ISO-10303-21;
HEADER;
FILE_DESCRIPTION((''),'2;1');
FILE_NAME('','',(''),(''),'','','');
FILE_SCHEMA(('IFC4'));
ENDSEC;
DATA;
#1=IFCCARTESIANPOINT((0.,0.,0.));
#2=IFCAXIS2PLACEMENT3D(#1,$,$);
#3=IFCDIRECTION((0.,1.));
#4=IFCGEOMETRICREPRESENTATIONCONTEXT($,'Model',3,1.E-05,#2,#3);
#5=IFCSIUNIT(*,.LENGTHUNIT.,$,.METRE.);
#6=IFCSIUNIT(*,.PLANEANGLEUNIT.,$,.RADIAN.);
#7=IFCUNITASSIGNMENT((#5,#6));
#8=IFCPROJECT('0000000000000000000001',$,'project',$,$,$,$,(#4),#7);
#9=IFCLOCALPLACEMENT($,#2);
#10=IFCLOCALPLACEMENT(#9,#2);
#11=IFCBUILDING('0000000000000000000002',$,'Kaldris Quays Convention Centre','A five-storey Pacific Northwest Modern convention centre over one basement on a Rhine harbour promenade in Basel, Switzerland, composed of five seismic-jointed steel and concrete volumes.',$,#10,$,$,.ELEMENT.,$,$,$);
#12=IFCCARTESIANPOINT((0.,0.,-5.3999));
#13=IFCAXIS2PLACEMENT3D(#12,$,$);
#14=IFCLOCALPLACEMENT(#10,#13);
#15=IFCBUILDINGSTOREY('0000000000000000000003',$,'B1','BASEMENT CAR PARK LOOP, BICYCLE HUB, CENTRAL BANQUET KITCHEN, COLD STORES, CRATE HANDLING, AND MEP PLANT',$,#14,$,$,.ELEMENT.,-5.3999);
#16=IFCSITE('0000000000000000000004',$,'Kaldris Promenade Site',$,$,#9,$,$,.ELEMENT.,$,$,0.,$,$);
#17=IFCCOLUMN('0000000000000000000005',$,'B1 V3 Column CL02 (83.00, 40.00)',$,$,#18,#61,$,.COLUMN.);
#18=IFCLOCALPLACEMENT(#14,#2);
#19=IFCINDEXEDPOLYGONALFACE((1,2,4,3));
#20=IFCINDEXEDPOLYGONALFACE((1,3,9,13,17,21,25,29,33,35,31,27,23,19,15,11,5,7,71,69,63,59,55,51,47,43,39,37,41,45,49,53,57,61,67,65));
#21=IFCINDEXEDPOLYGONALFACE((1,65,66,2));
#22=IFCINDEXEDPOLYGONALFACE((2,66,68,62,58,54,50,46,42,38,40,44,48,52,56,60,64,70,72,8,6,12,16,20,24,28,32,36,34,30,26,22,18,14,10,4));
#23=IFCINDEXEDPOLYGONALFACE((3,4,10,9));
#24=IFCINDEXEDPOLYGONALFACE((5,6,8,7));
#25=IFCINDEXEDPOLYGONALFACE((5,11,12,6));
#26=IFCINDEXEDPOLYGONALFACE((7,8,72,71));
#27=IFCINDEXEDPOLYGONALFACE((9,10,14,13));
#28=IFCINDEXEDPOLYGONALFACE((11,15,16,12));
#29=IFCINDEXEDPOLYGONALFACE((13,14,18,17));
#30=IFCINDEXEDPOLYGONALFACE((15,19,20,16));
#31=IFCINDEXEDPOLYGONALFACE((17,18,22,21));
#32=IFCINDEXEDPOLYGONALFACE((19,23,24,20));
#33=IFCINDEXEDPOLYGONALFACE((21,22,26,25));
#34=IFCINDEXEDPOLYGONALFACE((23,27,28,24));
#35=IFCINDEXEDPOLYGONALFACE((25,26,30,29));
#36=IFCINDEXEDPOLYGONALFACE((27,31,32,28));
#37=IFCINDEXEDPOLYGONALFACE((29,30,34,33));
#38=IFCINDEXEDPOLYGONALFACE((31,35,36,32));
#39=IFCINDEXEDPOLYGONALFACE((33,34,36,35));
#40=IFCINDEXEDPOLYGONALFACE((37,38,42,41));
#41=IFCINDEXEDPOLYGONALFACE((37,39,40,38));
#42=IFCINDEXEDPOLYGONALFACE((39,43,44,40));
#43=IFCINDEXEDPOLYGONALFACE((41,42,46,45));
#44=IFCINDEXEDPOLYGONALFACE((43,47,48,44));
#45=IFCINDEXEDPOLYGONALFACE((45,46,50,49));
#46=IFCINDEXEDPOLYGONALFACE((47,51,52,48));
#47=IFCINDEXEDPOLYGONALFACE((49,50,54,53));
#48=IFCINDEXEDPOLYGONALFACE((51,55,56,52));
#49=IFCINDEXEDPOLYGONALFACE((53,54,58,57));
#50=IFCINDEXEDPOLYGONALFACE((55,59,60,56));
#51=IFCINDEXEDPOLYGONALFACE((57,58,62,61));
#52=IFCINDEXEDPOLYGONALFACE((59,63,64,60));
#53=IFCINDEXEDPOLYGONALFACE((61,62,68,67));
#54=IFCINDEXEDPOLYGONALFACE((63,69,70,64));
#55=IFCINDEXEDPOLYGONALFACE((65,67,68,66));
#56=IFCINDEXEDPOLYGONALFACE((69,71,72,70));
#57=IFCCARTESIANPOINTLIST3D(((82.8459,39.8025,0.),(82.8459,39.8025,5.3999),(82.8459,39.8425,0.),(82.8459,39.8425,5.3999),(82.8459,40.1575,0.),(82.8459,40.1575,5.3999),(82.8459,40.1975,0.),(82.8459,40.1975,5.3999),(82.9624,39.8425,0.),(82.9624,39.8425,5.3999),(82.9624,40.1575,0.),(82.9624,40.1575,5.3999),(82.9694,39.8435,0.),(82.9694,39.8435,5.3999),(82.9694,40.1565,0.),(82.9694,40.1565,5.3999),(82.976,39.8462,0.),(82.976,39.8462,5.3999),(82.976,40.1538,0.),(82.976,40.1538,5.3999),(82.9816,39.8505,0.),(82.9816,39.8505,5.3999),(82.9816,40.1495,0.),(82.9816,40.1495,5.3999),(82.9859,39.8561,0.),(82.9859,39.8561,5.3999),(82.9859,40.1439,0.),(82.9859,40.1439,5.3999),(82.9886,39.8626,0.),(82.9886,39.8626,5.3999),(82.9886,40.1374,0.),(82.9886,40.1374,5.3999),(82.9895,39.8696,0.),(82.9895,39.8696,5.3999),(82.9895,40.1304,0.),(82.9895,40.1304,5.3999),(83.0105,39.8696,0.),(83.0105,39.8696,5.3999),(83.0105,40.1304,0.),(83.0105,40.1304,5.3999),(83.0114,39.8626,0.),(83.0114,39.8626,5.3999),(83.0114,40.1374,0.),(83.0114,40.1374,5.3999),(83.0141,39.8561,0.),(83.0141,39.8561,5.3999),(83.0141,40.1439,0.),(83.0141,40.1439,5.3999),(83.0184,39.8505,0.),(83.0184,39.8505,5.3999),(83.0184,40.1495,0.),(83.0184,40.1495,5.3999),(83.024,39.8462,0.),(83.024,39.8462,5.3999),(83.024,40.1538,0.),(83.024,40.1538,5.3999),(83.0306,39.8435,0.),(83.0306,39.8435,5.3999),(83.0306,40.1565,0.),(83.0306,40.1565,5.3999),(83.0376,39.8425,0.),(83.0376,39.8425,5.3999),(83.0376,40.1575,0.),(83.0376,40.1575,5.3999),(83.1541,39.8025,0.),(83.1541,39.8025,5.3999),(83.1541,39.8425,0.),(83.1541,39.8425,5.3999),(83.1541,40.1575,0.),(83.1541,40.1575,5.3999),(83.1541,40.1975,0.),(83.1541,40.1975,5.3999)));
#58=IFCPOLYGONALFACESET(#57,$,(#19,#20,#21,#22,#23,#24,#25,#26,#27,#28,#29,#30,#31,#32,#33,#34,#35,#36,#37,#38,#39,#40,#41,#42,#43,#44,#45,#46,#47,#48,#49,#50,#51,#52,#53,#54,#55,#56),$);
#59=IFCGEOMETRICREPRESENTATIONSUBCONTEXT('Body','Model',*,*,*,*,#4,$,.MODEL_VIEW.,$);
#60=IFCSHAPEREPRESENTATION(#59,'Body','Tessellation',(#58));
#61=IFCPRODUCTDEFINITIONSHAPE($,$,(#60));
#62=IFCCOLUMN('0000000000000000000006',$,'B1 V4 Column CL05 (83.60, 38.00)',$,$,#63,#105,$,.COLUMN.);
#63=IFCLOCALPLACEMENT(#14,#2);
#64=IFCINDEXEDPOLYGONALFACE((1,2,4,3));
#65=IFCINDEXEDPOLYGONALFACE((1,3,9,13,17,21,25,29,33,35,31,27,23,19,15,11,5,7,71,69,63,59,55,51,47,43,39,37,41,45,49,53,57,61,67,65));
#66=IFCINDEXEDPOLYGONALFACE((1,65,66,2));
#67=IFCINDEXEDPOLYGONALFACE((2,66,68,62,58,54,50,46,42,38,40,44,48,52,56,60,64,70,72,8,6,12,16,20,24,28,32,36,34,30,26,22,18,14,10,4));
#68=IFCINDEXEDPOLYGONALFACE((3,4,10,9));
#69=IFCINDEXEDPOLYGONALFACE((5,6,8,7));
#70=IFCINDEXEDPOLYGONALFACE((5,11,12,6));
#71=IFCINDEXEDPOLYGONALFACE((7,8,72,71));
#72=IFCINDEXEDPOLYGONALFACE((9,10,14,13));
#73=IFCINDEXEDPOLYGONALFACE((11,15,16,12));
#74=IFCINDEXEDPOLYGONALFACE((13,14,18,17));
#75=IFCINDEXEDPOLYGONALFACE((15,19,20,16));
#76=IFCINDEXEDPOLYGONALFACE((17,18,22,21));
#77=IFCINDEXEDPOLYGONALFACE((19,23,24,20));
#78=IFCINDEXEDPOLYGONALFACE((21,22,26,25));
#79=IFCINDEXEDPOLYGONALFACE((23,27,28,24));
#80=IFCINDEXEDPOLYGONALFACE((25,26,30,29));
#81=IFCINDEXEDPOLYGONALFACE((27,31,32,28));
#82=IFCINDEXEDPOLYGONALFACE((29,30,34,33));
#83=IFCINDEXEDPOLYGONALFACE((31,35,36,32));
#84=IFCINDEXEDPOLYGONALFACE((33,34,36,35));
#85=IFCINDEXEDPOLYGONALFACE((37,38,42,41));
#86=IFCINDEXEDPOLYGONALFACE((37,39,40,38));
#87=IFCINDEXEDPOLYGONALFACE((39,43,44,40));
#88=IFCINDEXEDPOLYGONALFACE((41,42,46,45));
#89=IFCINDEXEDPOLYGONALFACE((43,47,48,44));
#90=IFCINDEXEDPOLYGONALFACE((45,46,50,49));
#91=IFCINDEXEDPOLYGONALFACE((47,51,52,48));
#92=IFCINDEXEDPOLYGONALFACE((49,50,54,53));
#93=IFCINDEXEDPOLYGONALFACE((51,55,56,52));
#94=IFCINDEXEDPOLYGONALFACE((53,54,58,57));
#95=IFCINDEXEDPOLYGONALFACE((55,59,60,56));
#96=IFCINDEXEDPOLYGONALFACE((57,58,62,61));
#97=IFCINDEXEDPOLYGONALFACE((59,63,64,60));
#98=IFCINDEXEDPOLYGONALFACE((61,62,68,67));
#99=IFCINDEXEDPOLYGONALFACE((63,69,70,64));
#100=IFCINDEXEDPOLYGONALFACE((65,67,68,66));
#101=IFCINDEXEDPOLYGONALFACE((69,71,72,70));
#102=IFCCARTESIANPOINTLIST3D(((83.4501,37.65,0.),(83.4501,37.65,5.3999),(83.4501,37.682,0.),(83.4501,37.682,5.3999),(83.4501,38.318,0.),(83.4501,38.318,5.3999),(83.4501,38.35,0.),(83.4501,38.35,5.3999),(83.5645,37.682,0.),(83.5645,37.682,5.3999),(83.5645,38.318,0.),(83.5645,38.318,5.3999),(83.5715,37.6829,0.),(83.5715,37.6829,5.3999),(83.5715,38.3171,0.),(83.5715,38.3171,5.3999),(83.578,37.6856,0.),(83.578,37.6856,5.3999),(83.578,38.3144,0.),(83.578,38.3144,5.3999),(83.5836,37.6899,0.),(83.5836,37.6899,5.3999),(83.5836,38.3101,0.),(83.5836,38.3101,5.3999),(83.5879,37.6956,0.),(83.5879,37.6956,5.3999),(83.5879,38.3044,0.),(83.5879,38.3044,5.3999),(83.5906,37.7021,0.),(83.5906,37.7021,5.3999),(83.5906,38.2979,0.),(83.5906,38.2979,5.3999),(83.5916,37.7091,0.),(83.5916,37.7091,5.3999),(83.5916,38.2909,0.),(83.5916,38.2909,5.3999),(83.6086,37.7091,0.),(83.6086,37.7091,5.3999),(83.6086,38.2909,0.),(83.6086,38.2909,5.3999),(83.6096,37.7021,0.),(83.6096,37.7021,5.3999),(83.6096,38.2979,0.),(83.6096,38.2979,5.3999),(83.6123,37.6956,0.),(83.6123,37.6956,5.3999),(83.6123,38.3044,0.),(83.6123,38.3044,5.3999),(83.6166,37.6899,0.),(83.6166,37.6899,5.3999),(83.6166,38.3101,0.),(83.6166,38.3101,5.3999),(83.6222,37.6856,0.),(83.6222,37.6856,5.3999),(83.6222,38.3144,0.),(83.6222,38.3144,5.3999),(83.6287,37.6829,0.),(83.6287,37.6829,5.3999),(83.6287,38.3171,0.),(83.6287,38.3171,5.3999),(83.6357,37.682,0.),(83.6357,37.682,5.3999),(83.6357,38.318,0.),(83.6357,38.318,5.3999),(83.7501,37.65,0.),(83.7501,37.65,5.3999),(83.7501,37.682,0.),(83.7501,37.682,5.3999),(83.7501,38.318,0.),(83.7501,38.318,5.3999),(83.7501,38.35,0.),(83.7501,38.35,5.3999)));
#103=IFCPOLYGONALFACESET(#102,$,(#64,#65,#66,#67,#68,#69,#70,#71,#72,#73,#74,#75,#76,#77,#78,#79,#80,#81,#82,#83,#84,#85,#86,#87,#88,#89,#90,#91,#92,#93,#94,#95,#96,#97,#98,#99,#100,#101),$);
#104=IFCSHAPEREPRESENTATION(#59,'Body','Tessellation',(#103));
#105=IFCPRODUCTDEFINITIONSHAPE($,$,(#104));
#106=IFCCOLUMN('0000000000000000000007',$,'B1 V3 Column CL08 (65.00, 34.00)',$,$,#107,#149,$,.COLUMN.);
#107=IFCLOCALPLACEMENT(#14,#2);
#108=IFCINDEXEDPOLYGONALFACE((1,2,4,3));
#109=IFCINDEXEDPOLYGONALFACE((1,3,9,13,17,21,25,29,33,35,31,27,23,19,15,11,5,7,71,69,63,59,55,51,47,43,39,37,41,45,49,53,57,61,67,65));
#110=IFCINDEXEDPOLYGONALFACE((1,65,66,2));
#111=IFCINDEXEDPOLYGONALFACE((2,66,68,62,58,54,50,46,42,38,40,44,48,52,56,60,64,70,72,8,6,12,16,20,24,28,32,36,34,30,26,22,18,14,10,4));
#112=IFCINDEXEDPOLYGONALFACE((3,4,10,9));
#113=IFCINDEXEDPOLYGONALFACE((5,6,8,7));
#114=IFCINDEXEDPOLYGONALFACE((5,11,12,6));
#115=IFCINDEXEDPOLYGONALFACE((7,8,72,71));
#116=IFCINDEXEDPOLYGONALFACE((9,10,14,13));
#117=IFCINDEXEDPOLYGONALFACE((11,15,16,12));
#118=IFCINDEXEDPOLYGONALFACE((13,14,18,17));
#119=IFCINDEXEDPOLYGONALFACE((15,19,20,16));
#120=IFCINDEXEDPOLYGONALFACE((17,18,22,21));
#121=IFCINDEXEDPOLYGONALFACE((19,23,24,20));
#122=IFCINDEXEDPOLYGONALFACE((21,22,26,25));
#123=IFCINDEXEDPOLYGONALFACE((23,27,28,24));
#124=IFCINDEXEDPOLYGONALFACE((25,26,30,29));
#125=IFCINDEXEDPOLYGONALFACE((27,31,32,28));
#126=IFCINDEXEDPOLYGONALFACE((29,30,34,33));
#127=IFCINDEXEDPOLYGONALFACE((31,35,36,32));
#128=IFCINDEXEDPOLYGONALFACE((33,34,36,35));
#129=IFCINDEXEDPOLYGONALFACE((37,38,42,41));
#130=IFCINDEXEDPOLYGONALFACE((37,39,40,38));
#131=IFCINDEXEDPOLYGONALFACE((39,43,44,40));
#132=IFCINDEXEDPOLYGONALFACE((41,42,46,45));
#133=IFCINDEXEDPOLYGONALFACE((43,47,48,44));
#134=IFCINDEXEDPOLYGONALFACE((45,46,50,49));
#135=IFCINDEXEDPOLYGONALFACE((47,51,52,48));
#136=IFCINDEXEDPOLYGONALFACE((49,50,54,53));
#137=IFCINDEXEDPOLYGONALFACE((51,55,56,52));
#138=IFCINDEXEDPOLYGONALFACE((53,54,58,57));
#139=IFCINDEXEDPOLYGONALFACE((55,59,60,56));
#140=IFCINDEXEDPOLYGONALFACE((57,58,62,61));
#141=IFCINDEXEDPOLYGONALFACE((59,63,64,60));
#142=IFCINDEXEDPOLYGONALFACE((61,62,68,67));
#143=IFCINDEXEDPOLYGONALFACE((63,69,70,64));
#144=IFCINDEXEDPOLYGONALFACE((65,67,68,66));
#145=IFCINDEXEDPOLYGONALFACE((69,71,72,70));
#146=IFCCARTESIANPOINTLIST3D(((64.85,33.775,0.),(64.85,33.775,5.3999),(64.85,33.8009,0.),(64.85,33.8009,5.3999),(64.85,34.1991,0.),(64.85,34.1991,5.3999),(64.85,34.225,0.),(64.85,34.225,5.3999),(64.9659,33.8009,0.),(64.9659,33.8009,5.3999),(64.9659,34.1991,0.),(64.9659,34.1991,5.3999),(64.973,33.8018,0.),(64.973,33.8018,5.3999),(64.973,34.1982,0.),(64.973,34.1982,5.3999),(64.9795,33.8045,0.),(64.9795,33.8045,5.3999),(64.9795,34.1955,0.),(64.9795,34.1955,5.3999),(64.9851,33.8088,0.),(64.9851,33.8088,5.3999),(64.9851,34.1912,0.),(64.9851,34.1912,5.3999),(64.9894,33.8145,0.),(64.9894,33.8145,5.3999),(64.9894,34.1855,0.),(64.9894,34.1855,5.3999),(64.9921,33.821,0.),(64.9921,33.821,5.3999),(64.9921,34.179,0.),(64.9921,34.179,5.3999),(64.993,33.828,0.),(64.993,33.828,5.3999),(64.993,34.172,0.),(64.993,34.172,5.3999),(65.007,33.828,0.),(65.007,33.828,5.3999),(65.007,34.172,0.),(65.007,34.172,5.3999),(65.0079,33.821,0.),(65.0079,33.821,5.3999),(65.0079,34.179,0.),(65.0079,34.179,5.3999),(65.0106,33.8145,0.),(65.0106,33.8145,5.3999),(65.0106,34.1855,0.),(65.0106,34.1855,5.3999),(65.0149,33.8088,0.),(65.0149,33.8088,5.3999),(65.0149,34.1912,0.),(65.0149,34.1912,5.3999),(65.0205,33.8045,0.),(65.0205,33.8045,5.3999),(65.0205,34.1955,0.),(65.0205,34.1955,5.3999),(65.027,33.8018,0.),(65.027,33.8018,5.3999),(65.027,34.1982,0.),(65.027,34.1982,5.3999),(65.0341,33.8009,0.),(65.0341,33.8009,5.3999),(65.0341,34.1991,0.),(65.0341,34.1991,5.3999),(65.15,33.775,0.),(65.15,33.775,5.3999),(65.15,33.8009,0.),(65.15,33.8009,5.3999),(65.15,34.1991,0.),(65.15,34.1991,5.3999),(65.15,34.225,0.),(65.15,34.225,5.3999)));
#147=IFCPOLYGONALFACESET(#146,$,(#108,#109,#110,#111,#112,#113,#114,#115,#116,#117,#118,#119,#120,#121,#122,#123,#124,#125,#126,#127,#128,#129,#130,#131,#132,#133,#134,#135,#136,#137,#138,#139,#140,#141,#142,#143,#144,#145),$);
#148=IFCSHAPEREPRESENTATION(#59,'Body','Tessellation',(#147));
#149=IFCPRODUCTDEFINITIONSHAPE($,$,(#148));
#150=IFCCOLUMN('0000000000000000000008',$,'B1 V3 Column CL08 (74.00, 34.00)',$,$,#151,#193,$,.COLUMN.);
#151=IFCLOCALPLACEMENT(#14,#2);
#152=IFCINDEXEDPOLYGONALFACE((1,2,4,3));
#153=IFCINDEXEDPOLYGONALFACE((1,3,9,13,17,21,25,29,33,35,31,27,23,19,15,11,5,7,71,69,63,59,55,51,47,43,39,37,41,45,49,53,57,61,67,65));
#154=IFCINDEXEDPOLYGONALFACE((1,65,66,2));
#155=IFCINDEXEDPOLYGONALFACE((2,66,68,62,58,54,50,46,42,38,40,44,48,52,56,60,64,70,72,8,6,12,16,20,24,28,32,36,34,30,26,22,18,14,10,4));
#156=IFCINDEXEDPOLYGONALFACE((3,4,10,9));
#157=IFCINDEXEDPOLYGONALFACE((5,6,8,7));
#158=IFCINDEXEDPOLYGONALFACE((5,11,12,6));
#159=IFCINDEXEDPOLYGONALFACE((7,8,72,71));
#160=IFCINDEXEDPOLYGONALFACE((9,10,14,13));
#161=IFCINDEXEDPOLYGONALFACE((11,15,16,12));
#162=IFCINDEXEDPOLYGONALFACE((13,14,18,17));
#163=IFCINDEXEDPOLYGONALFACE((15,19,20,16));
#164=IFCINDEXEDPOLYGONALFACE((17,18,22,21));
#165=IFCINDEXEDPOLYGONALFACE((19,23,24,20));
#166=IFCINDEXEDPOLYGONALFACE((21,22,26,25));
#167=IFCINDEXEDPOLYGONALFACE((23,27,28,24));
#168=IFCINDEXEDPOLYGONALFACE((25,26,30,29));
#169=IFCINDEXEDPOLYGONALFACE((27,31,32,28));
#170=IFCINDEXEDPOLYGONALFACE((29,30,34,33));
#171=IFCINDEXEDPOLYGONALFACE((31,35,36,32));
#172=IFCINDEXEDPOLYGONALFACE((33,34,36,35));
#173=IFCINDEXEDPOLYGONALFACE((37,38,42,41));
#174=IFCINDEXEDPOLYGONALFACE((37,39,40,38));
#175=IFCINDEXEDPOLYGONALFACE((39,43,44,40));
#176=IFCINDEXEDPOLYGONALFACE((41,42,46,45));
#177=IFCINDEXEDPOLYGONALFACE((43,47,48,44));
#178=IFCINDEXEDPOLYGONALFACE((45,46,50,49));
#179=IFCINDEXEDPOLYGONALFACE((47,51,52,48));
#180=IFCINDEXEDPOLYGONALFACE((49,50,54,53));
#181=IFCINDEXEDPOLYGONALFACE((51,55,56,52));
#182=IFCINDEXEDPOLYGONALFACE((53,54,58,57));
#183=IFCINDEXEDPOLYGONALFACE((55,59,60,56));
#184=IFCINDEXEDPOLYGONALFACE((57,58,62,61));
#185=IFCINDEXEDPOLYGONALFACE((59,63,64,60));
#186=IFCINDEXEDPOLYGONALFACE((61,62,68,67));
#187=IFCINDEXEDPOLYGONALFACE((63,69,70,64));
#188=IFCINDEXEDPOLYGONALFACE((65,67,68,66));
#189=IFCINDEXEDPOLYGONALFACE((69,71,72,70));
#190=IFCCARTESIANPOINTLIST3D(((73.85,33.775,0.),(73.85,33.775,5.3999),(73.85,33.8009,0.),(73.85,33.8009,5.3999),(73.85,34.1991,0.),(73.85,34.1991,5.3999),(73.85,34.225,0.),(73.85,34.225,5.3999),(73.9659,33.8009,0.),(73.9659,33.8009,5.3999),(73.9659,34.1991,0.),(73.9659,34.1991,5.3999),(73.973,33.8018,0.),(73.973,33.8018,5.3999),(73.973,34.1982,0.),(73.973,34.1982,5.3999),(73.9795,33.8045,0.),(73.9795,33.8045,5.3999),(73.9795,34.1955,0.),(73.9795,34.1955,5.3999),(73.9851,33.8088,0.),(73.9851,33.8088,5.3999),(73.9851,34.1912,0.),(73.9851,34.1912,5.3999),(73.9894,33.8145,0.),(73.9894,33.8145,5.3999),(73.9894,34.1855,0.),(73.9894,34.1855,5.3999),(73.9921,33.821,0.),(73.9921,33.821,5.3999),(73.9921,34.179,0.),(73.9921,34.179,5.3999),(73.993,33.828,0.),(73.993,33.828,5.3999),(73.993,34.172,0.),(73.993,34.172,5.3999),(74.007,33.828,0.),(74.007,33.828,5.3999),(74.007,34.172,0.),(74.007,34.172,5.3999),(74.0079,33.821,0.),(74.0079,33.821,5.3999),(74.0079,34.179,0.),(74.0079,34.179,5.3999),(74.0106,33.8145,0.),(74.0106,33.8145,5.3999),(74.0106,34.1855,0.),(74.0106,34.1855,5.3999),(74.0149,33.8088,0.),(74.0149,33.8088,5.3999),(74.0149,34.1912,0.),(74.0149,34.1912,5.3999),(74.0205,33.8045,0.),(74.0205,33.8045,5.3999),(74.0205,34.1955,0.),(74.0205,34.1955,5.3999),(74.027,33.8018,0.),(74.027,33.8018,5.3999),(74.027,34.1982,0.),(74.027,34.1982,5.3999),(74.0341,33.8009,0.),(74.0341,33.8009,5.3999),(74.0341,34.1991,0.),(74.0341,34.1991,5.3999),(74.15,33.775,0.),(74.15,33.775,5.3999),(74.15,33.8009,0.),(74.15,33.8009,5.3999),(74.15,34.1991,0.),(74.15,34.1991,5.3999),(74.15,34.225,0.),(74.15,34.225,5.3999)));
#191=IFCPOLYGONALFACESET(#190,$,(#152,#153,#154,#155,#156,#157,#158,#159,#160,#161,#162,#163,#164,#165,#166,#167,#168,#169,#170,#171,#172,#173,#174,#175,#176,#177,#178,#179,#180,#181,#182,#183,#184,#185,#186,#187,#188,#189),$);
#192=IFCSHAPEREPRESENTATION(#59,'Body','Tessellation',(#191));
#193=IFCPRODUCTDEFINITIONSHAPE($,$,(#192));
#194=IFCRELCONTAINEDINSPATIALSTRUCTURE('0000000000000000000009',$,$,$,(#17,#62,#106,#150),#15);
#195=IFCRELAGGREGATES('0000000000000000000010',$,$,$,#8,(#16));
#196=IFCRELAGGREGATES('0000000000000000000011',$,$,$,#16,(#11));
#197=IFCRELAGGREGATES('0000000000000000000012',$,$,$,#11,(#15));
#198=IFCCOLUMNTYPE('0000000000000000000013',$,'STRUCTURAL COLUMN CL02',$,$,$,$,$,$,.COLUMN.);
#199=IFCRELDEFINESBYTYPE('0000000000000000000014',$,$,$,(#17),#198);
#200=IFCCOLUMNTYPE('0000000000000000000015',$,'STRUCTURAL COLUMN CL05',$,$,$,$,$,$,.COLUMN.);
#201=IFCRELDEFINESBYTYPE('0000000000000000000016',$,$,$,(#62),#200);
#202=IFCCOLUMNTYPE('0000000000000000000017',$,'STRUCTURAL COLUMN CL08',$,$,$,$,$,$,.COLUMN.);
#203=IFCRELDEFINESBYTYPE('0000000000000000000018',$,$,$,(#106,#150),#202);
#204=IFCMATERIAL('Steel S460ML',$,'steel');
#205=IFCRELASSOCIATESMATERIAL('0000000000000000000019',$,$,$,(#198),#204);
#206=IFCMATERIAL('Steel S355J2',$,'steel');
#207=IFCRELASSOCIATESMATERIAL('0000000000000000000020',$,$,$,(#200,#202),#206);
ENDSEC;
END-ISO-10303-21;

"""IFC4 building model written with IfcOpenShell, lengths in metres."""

from ifc_helpers import new_model, si_unit, direction, frame, origin, origin_2d, place, context, subcontext, project, spatial, i_section, extrude, material, material_profile, profile_set, type_object, element, save


model = new_model("IFC4")

# Units and contexts
model_context = context("Model", 3, precision=1e-05, world=origin(), true_north=direction((0.0, 1.0)))
body_context = subcontext(model_context, "Body", "Model", "MODEL_VIEW")
ifc_project = project(units=[si_unit("LENGTHUNIT", "METRE"), si_unit("PLANEANGLEUNIT", "RADIAN")], contexts=[model_context])

# Site, building, storey
site_placement = place(None, origin())
site = spatial("IfcSite", under=ifc_project, at=site_placement, Name="Kaldris Promenade Site", CompositionType="ELEMENT", RefElevation=0.0)
building_placement = place(site_placement, origin())
building = spatial("IfcBuilding", under=site, at=building_placement, Name="Kaldris Quays Convention Centre", Description="A five-storey Pacific Northwest Modern convention centre over one basement on a Rhine harbour promenade in Basel, Switzerland, composed of five seismic-jointed steel and concrete volumes.", CompositionType="ELEMENT")
storey_placement = place(building_placement, frame((0.0, 0.0, -5.3999)))
storey = spatial("IfcBuildingStorey", under=building, at=storey_placement, Name="B1", Description="BASEMENT CAR PARK LOOP, BICYCLE HUB, CENTRAL BANQUET KITCHEN, COLD STORES, CRATE HANDLING, AND MEP PLANT", CompositionType="ELEMENT", Elevation=-5.3999)

# Columns
ifc_material_1 = material(Name="Steel S460ML", Category="steel")
ifc_material_profile_1 = material_profile(ifc_material_1, i_section(OverallWidth=0.3081, OverallDepth=0.395, WebThickness=0.021, FlangeThickness=0.04, FilletRadius=0.0271, at=origin_2d()), Name="HEM 360")
ifc_profile_set_1 = profile_set([ifc_material_profile_1], Name="Steel S460ML")
column_type_1 = type_object("IfcColumnType", Name="STRUCTURAL COLUMN CL02", PredefinedType="COLUMN", material=ifc_profile_set_1)
for number, where, z_axis, x_axis, name in (
    (1, (83.0, 40.0, 0.0), (0.0, 0.0, 1.0), (1.0, 0.0, 0.0), "B1 V3 Column CL02 (83.00, 40.00)"),
):
    element("IfcColumn", number, at=place(storey_placement, frame(where, z_axis=z_axis, x_axis=x_axis)), inside=storey, type_object=column_type_1, Name=name, PredefinedType="COLUMN", context=body_context, shape_type="SweptSolid", body=[
        extrude(i_section(OverallWidth=0.3081, OverallDepth=0.395, WebThickness=0.021, FlangeThickness=0.04, FilletRadius=0.0271, at=origin_2d()), origin(), (0.0, 0.0, 1.0), 5.3999),
    ])
ifc_material_2 = material(Name="Steel S355J2", Category="steel")
ifc_material_profile_2 = material_profile(ifc_material_2, i_section(OverallWidth=0.3, OverallDepth=0.7, WebThickness=0.0171, FlangeThickness=0.032, FilletRadius=0.0271, at=origin_2d()), Name="HEB 700")
ifc_profile_set_2 = profile_set([ifc_material_profile_2], Name="Steel S355J2")
column_type_2 = type_object("IfcColumnType", Name="STRUCTURAL COLUMN CL05", PredefinedType="COLUMN", material=ifc_profile_set_2)
column_placement = place(storey_placement, frame((83.6001, 38.0, 0.0), z_axis=(0.0, 0.0, 1.0), x_axis=(1.0, 0.0, 0.0)))
element("IfcColumn", 2, at=column_placement, inside=storey, type_object=column_type_2, Name="B1 V4 Column CL05 (83.60, 38.00)", PredefinedType="COLUMN", context=body_context, shape_type="SweptSolid", body=[
    extrude(i_section(OverallWidth=0.3, OverallDepth=0.7, WebThickness=0.0171, FlangeThickness=0.032, FilletRadius=0.0271, at=origin_2d()), origin(), (0.0, 0.0, 1.0), 5.3999),
])
ifc_material_profile_3 = material_profile(ifc_material_2, i_section(OverallWidth=0.3, OverallDepth=0.45, WebThickness=0.0139, FlangeThickness=0.0259, FilletRadius=0.0271, at=origin_2d()), Name="HEB 450")
ifc_profile_set_3 = profile_set([ifc_material_profile_3], Name="Steel S355J2")
column_type_3 = type_object("IfcColumnType", Name="STRUCTURAL COLUMN CL08", PredefinedType="COLUMN", material=ifc_profile_set_3)
for number, where, z_axis, x_axis, name in (
    (3, (65.0, 34.0, 0.0), (0.0, 0.0, 1.0), (1.0, 0.0, 0.0), "B1 V3 Column CL08 (65.00, 34.00)"),
    (4, (74.0, 34.0, 0.0), (0.0, 0.0, 1.0), (1.0, 0.0, 0.0), "B1 V3 Column CL08 (74.00, 34.00)"),
):
    element("IfcColumn", number, at=place(storey_placement, frame(where, z_axis=z_axis, x_axis=x_axis)), inside=storey, type_object=column_type_3, Name=name, PredefinedType="COLUMN", context=body_context, shape_type="SweptSolid", body=[
        extrude(i_section(OverallWidth=0.3, OverallDepth=0.45, WebThickness=0.0139, FlangeThickness=0.0259, FilletRadius=0.0271, at=origin_2d()), origin(), (0.0, 0.0, 1.0), 5.3999),
    ])

save(model, "model.ifc")
